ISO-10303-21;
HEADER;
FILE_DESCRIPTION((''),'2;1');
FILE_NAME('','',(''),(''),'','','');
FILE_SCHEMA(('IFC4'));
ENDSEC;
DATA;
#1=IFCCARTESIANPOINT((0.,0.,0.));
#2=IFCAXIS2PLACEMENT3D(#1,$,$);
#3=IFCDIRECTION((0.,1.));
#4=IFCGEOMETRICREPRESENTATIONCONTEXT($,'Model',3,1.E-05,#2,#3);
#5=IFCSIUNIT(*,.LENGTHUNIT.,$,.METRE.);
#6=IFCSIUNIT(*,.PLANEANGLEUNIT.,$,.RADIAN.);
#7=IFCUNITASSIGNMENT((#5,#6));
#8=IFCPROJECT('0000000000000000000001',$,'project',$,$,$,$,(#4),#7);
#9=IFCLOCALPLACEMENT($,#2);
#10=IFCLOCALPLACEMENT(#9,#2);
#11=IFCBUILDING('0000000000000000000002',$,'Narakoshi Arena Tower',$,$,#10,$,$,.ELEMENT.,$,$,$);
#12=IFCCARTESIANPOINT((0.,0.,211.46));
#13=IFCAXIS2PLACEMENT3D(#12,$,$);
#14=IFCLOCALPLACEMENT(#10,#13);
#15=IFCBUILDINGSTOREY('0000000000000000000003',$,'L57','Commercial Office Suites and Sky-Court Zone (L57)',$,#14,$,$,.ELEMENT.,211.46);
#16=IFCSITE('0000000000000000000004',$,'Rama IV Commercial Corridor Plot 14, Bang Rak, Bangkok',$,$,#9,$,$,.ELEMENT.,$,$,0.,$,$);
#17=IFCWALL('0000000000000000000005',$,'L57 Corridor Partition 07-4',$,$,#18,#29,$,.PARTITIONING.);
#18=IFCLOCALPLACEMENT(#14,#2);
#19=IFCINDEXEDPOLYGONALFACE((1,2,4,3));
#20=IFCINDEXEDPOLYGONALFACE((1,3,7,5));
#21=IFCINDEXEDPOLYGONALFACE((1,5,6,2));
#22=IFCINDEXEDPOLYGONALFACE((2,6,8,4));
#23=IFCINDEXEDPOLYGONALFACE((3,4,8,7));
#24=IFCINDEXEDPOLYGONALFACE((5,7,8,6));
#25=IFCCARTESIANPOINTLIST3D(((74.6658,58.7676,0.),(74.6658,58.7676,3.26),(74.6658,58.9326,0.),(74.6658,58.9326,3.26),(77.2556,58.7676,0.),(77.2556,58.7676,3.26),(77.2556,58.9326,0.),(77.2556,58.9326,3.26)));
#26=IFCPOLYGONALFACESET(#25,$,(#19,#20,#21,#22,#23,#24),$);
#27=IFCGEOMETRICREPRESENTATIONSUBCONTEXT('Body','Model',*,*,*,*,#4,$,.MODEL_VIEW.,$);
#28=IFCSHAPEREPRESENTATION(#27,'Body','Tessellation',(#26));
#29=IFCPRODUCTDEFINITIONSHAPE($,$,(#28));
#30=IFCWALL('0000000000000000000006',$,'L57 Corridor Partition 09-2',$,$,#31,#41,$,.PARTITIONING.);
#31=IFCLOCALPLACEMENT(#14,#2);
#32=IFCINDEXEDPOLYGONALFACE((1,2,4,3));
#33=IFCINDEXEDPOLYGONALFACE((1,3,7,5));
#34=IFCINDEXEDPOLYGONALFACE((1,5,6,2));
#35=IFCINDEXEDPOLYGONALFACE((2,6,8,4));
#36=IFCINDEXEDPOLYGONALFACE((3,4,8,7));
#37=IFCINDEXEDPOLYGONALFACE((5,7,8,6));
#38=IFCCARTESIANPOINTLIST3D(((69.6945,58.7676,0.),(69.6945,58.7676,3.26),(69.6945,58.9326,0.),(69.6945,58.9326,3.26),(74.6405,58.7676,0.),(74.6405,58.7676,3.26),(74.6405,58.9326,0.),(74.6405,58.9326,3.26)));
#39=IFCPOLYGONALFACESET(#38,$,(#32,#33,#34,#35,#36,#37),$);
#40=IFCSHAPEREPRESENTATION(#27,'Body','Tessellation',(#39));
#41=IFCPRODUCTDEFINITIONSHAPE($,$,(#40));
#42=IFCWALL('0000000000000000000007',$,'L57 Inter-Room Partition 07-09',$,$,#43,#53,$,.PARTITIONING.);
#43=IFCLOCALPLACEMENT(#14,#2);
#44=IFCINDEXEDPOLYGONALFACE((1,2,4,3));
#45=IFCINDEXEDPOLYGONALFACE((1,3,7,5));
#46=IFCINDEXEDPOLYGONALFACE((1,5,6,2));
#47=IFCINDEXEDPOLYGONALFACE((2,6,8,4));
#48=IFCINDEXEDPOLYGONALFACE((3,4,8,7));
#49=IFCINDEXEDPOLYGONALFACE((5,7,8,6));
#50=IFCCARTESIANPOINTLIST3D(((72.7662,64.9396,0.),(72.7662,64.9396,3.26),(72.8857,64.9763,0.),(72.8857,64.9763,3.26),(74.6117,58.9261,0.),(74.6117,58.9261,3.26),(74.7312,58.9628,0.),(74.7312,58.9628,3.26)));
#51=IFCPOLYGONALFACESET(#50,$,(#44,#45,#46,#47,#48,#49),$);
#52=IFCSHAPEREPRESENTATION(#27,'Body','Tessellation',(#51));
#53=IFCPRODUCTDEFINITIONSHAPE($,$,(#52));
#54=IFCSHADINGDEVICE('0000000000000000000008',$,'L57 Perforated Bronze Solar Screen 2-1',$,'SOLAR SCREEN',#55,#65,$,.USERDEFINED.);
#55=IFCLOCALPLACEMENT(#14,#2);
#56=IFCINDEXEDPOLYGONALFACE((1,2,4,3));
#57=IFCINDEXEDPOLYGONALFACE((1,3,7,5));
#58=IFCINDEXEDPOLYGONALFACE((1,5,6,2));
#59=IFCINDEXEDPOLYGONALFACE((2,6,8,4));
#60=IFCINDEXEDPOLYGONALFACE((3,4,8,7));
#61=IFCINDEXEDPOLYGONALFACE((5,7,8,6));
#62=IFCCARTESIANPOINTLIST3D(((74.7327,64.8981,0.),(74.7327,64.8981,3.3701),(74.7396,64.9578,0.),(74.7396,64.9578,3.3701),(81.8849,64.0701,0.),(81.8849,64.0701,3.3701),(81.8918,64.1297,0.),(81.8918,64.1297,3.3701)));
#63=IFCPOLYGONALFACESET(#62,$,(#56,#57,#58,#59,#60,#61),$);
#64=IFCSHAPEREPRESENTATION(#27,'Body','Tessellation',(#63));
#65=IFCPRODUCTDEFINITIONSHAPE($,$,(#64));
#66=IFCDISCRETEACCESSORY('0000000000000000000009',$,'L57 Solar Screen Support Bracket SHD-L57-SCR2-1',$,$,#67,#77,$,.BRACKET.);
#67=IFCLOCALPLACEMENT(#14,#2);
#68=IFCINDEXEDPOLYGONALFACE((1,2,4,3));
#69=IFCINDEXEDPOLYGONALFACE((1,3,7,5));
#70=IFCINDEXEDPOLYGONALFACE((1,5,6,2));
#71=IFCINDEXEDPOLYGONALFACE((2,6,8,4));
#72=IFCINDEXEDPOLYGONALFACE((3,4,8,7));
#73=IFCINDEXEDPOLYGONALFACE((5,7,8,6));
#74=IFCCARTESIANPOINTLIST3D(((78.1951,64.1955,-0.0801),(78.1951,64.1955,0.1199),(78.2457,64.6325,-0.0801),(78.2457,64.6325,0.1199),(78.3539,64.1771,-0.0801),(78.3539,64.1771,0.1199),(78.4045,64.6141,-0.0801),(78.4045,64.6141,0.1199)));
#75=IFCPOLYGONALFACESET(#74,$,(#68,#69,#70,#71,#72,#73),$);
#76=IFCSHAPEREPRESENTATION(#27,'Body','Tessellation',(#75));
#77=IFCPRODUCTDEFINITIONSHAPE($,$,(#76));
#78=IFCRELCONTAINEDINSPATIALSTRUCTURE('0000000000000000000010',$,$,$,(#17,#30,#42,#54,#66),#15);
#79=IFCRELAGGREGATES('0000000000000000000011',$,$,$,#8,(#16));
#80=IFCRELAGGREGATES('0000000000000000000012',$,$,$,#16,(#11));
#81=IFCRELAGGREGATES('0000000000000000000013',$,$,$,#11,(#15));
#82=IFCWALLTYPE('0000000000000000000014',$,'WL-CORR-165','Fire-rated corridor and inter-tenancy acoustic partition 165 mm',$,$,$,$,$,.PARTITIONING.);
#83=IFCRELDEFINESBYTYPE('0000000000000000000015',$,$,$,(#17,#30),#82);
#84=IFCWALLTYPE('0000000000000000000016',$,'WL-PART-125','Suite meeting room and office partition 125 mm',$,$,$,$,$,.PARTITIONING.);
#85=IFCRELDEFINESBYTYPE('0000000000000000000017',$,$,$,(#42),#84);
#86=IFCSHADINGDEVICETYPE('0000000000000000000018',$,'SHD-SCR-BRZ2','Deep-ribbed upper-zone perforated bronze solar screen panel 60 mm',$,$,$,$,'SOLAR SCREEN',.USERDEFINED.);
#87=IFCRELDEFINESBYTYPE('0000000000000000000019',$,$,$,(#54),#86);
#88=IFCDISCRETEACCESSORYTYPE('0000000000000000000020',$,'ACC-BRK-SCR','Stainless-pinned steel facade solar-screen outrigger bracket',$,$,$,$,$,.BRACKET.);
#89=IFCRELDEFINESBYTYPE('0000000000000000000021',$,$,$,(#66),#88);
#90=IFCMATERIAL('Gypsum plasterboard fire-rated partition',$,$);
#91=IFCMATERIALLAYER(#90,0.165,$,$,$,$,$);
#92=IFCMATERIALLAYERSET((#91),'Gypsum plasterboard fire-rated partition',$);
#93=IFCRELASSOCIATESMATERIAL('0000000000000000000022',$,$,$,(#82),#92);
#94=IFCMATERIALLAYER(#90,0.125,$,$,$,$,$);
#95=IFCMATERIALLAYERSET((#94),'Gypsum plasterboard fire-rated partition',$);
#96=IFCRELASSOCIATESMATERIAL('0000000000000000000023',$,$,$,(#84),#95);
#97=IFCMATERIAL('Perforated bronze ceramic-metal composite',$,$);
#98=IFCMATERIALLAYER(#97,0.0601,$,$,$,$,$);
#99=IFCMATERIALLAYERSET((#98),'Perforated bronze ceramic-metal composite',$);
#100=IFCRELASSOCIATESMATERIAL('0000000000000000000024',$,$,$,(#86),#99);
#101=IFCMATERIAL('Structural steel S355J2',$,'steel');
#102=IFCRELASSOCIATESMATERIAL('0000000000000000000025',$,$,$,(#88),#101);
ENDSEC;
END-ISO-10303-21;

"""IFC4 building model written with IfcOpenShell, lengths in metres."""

from ifc_helpers import new_model, si_unit, direction, frame, frame_2d, origin, origin_2d, place, context, subcontext, project, spatial, rectangle, extrude, material, layer, layer_set, type_object, element, save


model = new_model("IFC4")

# Units and contexts
model_context = context("Model", 3, precision=1e-05, world=origin(), true_north=direction((0.0, 1.0)))
body_context = subcontext(model_context, "Body", "Model", "MODEL_VIEW")
ifc_project = project(units=[si_unit("LENGTHUNIT", "METRE"), si_unit("PLANEANGLEUNIT", "RADIAN")], contexts=[model_context])

# Site, building, storey
site_placement = place(None, origin())
site = spatial("IfcSite", under=ifc_project, at=site_placement, Name="Rama IV Commercial Corridor Plot 14, Bang Rak, Bangkok", CompositionType="ELEMENT", RefElevation=0.0)
building_placement = place(site_placement, origin())
building = spatial("IfcBuilding", under=site, at=building_placement, Name="Narakoshi Arena Tower", CompositionType="ELEMENT")
storey_placement = place(building_placement, frame((0.0, 0.0, 211.46)))
storey = spatial("IfcBuildingStorey", under=building, at=storey_placement, Name="L57", Description="Commercial Office Suites and Sky-Court Zone (L57)", CompositionType="ELEMENT", Elevation=211.46)

# Shared definitions
ifc_material_1 = material(Name="Structural steel S355J2", Category="steel")

# Shared definitions
ifc_material_2 = material(Name="Gypsum plasterboard fire-rated partition")
ifc_layer_1 = layer(ifc_material_2, 0.165)
ifc_layer_set_1 = layer_set([ifc_layer_1], Name="Gypsum plasterboard fire-rated partition")
wall_type_1 = type_object("IfcWallType", Name="WL-CORR-165", Description="Fire-rated corridor and inter-tenancy acoustic partition 165 mm", PredefinedType="PARTITIONING", material=ifc_layer_set_1)

# Walls
wall_1_placement = place(storey_placement, frame((77.2556, 58.8501, 0.0), z_axis=(0.0, 0.0, 1.0), x_axis=(-1.0, 0.0, 0.0)))
element("IfcWall", 1, at=wall_1_placement, inside=storey, type_object=wall_type_1, Name="L57 Corridor Partition 07-4", PredefinedType="PARTITIONING", context=body_context, shape_type="SweptSolid", body=[
    extrude(rectangle(XDim=2.5898, YDim=0.165, at=frame_2d((1.2949, 0.0))), origin(), (0.0, 0.0, 1.0), 3.26),
])
wall_2_placement = place(storey_placement, frame((74.6406, 58.8501, 0.0), z_axis=(0.0, 0.0, 1.0), x_axis=(-1.0, 0.0, 0.0)))
element("IfcWall", 2, at=wall_2_placement, inside=storey, type_object=wall_type_1, Name="L57 Corridor Partition 09-2", PredefinedType="PARTITIONING", context=body_context, shape_type="SweptSolid", body=[
    extrude(rectangle(XDim=4.946, YDim=0.165, at=frame_2d((2.4731, 0.0))), origin(), (0.0, 0.0, 1.0), 3.26),
])
ifc_layer_2 = layer(ifc_material_2, 0.125)
ifc_layer_set_2 = layer_set([ifc_layer_2], Name="Gypsum plasterboard fire-rated partition")
wall_type_2 = type_object("IfcWallType", Name="WL-PART-125", Description="Suite meeting room and office partition 125 mm", PredefinedType="PARTITIONING", material=ifc_layer_set_2)
wall_3_placement = place(storey_placement, frame((74.6714, 58.9446, 0.0), z_axis=(0.0, 0.0, 1.0), x_axis=(-0.293385, 0.955994, 0.0)))
element("IfcWall", 3, at=wall_3_placement, inside=storey, type_object=wall_type_2, Name="L57 Inter-Room Partition 07-09", PredefinedType="PARTITIONING", context=body_context, shape_type="SweptSolid", body=[
    extrude(rectangle(XDim=6.2903, YDim=0.125, at=frame_2d((3.145, 0.0))), origin(), (0.0, 0.0, 1.0), 3.26),
])

# Shading device
ifc_material_3 = material(Name="Perforated bronze ceramic-metal composite")
ifc_layer_3 = layer(ifc_material_3, 0.0601)
ifc_layer_set_3 = layer_set([ifc_layer_3], Name="Perforated bronze ceramic-metal composite")
shading_device_type = type_object("IfcShadingDeviceType", Name="SHD-SCR-BRZ2", Description="Deep-ribbed upper-zone perforated bronze solar screen panel 60 mm", ElementType="SOLAR SCREEN", PredefinedType="USERDEFINED", material=ifc_layer_set_3)
shading_device_placement = place(storey_placement, frame((78.3123, 64.5139, 0.0), z_axis=(0.0, 0.0, 1.0), x_axis=(-0.993365, 0.115007, 0.0)))
element("IfcShadingDevice", 4, at=shading_device_placement, inside=storey, type_object=shading_device_type, Name="L57 Perforated Bronze Solar Screen 2-1", ObjectType="SOLAR SCREEN", PredefinedType="USERDEFINED", context=body_context, shape_type="SweptSolid", body=[
    extrude(rectangle(XDim=7.2, YDim=0.0601, at=origin_2d()), origin(), (0.0, 0.0, 1.0), 3.3701),
])

# Discrete accessory
discrete_accessory_type = type_object("IfcDiscreteAccessoryType", Name="ACC-BRK-SCR", Description="Stainless-pinned steel facade solar-screen outrigger bracket", PredefinedType="BRACKET", material=ifc_material_1)
discrete_accessory_placement = place(storey_placement, frame((78.2998, 64.4048, -0.0801), z_axis=(0.0, 0.0, 1.0), x_axis=(-0.993365, 0.115007, 0.0)))
element("IfcDiscreteAccessory", 5, at=discrete_accessory_placement, inside=storey, type_object=discrete_accessory_type, Name="L57 Solar Screen Support Bracket SHD-L57-SCR2-1", PredefinedType="BRACKET", context=body_context, shape_type="SweptSolid", body=[
    extrude(rectangle(XDim=0.1599, YDim=0.4399, at=origin_2d()), origin(), (0.0, 0.0, 1.0), 0.2),
])

save(model, "model.ifc")
